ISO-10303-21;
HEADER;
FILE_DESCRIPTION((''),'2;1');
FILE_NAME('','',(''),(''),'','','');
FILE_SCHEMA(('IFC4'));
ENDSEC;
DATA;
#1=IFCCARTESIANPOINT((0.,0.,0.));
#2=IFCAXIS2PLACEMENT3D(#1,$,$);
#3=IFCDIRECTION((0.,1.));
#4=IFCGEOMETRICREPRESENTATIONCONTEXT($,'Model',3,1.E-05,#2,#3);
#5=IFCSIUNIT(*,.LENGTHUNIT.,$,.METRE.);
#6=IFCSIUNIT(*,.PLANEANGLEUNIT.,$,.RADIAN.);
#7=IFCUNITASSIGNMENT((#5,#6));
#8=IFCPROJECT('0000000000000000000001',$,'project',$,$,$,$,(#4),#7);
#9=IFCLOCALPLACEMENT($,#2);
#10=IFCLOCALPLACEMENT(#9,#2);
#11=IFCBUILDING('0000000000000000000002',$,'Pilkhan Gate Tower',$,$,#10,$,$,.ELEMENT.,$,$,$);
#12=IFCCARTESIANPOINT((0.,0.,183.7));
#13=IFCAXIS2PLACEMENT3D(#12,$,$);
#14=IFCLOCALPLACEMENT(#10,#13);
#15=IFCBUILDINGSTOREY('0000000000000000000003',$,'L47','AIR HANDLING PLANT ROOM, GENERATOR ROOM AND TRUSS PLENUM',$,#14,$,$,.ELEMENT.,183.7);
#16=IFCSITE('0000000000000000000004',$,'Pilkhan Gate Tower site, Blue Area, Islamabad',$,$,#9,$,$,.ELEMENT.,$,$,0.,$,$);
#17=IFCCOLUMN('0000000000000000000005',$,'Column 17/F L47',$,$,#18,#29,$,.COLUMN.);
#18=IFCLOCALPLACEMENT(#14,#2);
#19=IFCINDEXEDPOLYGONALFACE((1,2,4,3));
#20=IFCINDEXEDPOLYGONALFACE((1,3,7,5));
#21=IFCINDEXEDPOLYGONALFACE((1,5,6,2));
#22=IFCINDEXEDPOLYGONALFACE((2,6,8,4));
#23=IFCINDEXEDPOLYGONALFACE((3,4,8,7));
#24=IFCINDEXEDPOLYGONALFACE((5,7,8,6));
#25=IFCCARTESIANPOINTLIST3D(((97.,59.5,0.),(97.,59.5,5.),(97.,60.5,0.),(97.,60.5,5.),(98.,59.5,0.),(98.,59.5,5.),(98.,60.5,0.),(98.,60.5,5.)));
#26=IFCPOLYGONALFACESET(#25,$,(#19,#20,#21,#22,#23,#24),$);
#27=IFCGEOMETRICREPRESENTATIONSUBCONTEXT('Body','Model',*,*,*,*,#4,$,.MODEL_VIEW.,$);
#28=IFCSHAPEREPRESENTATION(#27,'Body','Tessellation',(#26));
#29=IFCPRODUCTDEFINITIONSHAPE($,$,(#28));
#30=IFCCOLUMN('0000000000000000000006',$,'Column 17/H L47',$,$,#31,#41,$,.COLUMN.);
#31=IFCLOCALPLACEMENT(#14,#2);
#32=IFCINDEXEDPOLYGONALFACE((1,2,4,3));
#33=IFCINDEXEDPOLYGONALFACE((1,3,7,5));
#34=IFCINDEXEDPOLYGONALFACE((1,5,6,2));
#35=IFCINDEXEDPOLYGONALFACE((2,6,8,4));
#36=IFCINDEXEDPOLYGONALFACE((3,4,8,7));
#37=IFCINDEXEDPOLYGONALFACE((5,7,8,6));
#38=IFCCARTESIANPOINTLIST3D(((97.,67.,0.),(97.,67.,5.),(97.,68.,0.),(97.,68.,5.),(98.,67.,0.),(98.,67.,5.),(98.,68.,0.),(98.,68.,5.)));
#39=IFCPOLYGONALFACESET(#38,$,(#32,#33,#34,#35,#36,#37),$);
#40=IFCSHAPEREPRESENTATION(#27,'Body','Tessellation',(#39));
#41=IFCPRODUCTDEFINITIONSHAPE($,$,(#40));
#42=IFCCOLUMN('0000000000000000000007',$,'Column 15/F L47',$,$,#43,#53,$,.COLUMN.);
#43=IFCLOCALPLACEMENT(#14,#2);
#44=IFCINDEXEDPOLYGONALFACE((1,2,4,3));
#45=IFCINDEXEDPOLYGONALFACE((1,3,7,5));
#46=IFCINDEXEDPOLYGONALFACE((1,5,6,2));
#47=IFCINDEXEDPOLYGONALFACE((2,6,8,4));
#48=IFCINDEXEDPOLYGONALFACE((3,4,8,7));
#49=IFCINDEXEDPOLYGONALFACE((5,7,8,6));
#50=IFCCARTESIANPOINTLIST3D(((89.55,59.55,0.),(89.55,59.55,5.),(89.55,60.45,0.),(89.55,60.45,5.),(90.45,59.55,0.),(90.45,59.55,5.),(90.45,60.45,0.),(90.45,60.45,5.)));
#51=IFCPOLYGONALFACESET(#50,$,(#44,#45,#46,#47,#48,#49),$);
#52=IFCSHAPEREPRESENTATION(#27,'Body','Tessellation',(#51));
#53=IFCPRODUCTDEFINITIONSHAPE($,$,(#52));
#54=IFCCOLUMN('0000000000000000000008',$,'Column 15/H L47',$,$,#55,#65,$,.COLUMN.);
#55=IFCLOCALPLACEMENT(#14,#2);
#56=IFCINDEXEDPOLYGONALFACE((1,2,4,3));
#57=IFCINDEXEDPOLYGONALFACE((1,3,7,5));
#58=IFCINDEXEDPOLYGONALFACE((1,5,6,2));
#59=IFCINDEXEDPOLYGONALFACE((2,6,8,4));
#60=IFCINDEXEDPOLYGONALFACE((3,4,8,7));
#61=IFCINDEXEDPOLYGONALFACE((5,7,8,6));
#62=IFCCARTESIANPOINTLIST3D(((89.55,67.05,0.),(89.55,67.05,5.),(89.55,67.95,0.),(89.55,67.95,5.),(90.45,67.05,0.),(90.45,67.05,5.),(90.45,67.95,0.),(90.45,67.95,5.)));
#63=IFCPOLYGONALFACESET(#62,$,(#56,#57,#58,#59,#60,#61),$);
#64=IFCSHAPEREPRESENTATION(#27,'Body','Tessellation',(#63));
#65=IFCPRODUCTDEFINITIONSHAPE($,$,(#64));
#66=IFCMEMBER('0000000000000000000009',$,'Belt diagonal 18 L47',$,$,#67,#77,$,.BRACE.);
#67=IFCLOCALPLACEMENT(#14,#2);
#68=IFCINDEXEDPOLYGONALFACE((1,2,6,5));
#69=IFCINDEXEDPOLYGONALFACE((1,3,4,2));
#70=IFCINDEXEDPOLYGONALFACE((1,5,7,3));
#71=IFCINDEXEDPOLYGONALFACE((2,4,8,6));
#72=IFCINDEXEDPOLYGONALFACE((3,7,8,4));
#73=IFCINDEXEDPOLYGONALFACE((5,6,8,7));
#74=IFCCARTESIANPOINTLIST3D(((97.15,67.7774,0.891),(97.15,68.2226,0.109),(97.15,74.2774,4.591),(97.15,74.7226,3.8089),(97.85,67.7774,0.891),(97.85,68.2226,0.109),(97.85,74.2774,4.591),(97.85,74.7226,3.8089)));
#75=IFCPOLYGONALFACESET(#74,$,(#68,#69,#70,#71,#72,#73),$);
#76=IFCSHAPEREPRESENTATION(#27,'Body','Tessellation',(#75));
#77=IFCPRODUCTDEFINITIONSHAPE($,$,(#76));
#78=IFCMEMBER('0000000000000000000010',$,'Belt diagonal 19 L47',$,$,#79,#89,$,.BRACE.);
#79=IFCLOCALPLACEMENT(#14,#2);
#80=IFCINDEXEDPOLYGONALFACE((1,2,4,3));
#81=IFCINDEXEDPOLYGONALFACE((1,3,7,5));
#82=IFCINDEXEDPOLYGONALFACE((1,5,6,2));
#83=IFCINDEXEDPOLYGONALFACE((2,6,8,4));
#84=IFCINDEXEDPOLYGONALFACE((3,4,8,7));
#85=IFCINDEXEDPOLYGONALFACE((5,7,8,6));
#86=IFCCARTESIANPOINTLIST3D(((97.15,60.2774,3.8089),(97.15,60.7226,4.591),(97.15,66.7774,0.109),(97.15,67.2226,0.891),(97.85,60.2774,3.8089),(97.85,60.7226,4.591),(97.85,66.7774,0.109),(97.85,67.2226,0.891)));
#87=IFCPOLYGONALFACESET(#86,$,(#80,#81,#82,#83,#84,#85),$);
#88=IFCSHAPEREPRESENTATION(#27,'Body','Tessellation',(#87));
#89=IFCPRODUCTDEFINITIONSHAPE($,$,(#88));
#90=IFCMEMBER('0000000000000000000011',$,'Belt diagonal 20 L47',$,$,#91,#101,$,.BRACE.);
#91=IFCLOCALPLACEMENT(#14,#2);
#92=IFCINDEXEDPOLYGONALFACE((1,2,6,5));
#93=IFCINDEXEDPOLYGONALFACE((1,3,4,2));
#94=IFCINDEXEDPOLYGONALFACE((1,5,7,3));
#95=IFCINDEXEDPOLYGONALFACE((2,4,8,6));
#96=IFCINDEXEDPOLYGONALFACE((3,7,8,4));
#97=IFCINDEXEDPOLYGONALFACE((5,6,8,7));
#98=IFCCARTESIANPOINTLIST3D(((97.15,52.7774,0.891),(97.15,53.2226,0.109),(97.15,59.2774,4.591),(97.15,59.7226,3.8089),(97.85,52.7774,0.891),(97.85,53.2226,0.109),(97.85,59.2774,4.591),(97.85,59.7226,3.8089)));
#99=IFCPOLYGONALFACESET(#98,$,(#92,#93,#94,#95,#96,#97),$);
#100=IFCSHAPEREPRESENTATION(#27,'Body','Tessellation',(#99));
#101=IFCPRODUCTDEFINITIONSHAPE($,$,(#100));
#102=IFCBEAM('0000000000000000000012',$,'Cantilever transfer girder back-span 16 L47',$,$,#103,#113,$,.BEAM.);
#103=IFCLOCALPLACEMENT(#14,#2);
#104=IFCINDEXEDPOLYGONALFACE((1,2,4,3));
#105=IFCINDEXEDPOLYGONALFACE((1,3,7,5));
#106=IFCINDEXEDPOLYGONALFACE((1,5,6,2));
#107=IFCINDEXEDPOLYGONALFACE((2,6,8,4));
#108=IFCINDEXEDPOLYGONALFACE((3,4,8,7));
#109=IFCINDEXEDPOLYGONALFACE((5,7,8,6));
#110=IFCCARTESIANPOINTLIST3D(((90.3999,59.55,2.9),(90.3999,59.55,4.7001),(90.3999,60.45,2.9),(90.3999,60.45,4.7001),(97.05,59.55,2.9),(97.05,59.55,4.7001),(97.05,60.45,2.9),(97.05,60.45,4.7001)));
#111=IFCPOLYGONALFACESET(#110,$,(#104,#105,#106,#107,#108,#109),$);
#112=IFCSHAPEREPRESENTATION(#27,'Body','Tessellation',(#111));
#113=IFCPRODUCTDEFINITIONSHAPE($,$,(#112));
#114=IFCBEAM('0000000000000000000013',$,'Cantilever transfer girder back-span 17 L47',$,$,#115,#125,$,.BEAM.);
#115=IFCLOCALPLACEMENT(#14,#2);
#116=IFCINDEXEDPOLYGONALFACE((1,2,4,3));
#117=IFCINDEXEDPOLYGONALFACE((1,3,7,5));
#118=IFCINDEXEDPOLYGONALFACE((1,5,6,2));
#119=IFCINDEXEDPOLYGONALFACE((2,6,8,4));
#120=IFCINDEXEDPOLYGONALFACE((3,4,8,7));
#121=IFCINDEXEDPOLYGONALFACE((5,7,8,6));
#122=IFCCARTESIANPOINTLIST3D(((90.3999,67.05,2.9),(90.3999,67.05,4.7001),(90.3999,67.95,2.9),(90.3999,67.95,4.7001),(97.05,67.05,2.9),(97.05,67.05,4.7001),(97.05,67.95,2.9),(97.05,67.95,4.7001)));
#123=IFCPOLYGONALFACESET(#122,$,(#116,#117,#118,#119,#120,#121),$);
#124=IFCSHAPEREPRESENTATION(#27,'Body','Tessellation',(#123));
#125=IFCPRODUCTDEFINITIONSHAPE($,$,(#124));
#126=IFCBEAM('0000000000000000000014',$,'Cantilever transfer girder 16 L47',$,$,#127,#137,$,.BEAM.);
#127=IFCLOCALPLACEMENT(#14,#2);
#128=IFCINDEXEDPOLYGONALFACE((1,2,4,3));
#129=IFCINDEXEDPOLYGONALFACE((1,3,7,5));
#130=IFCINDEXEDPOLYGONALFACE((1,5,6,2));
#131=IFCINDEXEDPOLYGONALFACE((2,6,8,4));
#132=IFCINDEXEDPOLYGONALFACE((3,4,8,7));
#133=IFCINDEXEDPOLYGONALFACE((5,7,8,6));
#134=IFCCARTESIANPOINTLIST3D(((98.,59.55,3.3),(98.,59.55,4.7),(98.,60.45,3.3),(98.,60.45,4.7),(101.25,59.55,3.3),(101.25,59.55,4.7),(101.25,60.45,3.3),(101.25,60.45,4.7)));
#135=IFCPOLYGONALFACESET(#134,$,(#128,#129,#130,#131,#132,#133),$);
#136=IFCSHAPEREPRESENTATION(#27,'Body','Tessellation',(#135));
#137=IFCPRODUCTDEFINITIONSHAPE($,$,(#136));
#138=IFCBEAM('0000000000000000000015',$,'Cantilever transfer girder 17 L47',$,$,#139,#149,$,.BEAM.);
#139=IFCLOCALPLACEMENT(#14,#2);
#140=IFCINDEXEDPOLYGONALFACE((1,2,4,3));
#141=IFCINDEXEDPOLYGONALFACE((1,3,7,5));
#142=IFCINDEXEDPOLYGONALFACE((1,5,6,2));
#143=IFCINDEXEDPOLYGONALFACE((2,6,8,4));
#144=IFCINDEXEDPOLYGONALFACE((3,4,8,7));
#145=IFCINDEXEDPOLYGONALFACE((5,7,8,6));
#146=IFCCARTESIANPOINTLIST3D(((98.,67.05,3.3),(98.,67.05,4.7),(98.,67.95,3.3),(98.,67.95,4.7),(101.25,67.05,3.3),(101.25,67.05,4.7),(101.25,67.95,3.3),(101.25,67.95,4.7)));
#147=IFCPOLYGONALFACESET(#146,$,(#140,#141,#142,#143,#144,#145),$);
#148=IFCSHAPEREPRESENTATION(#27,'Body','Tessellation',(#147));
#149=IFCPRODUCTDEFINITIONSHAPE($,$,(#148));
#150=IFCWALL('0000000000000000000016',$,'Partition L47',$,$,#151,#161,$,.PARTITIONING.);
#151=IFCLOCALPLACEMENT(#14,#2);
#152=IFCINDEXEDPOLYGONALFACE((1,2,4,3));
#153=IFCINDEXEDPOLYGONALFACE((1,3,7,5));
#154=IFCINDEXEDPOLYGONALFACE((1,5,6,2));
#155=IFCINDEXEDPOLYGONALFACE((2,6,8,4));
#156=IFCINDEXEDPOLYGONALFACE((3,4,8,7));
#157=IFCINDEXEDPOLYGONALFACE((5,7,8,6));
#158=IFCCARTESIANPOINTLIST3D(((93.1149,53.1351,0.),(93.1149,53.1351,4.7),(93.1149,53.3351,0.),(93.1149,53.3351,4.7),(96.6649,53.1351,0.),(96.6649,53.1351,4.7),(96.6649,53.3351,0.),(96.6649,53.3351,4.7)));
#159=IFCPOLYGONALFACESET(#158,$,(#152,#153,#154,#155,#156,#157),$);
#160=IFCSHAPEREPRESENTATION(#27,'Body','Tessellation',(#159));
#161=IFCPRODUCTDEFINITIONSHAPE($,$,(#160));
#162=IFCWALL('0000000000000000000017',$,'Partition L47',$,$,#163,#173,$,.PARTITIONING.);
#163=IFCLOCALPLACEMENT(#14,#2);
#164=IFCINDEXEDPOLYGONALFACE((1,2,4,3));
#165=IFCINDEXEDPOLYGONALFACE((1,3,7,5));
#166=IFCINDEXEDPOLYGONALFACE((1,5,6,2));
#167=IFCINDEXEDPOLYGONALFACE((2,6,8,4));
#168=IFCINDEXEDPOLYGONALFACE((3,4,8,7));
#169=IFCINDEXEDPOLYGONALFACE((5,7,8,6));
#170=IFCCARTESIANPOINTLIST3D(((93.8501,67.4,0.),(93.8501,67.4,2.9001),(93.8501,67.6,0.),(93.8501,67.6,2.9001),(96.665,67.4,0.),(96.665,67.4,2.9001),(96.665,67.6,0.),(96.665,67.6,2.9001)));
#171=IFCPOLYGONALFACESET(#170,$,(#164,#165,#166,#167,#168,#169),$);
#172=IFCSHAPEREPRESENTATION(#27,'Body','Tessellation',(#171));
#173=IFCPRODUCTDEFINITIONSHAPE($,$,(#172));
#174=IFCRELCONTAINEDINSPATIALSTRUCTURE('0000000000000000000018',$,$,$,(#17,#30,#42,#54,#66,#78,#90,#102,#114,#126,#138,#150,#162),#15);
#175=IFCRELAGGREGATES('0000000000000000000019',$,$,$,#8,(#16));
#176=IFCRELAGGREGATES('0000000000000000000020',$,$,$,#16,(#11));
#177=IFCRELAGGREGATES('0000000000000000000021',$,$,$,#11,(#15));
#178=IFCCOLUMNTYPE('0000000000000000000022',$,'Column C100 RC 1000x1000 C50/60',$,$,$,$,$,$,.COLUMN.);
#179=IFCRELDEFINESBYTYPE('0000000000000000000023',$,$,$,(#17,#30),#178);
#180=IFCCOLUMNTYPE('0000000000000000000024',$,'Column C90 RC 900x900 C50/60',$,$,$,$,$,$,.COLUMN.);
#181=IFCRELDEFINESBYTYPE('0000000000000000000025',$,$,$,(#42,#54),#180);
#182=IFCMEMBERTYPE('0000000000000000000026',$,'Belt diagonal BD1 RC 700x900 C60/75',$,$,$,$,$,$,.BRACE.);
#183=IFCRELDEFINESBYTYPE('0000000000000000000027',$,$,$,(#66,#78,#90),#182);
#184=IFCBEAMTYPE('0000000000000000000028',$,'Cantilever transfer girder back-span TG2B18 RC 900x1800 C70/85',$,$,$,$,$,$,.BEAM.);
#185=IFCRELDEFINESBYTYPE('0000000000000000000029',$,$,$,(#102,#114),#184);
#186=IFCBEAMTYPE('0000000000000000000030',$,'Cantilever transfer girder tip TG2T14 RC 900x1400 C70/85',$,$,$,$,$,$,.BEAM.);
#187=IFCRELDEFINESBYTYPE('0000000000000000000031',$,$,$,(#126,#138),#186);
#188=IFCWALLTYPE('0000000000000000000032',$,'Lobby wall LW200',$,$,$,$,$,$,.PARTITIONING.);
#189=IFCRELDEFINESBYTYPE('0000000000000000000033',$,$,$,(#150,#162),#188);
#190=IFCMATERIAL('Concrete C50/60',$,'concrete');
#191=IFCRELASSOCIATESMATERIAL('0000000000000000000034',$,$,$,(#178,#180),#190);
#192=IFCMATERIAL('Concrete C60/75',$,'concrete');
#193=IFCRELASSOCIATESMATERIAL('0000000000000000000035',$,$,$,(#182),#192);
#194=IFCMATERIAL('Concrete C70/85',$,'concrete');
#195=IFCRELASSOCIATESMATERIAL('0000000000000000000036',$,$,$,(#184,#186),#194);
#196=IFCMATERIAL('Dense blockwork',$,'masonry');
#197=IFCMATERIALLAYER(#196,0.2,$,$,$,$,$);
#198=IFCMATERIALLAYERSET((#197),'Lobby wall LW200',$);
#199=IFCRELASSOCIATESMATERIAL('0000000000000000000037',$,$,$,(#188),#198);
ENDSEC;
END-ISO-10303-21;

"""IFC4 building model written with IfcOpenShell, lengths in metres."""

from ifc_helpers import new_model, si_unit, direction, frame, frame_2d, origin, origin_2d, place, context, subcontext, project, spatial, rectangle, extrude, material, layer, layer_set, material_profile, profile_set, type_object, element, save


model = new_model("IFC4")

# Units and contexts
model_context = context("Model", 3, precision=1e-05, world=origin(), true_north=direction((0.0, 1.0)))
body_context = subcontext(model_context, "Body", "Model", "MODEL_VIEW")
ifc_project = project(units=[si_unit("LENGTHUNIT", "METRE"), si_unit("PLANEANGLEUNIT", "RADIAN")], contexts=[model_context])

# Site, building, storey
site_placement = place(None, origin())
site = spatial("IfcSite", under=ifc_project, at=site_placement, Name="Pilkhan Gate Tower site, Blue Area, Islamabad", CompositionType="ELEMENT", RefElevation=0.0)
building_placement = place(site_placement, origin())
building = spatial("IfcBuilding", under=site, at=building_placement, Name="Pilkhan Gate Tower", CompositionType="ELEMENT")
storey_placement = place(building_placement, frame((0.0, 0.0, 183.7)))
storey = spatial("IfcBuildingStorey", under=building, at=storey_placement, Name="L47", Description="AIR HANDLING PLANT ROOM, GENERATOR ROOM AND TRUSS PLENUM", CompositionType="ELEMENT", Elevation=183.7)

# Columns
ifc_material_1 = material(Name="Concrete C50/60", Category="concrete")
ifc_material_profile_1 = material_profile(ifc_material_1, rectangle(XDim=1.0, YDim=1.0, at=origin_2d()), Name="RC 1000x1000")
ifc_profile_set_1 = profile_set([ifc_material_profile_1], Name="Concrete C50/60")
column_type_1 = type_object("IfcColumnType", Name="Column C100 RC 1000x1000 C50/60", PredefinedType="COLUMN", material=ifc_profile_set_1)
for number, where, z_axis, x_axis, name in (
    (1, (97.5, 60.0, 0.0), (0.0, 0.0, 1.0), (1.0, 0.0, 0.0), "Column 17/F L47"),
    (2, (97.5, 67.5, 0.0), (0.0, 0.0, 1.0), (1.0, 0.0, 0.0), "Column 17/H L47"),
):
    element("IfcColumn", number, at=place(storey_placement, frame(where, z_axis=z_axis, x_axis=x_axis)), inside=storey, type_object=column_type_1, Name=name, PredefinedType="COLUMN", context=body_context, shape_type="SweptSolid", body=[
        extrude(rectangle(XDim=1.0, YDim=1.0, at=origin_2d()), origin(), (0.0, 0.0, 1.0), 5.0),
    ])
ifc_material_profile_2 = material_profile(ifc_material_1, rectangle(XDim=0.8999, YDim=0.8999, at=origin_2d()), Name="RC 900x900")
ifc_profile_set_2 = profile_set([ifc_material_profile_2], Name="Concrete C50/60")
column_type_2 = type_object("IfcColumnType", Name="Column C90 RC 900x900 C50/60", PredefinedType="COLUMN", material=ifc_profile_set_2)
for number, where, z_axis, x_axis, name in (
    (3, (90.0, 60.0, 0.0), (0.0, 0.0, 1.0), (1.0, 0.0, 0.0), "Column 15/F L47"),
    (4, (90.0, 67.5, 0.0), (0.0, 0.0, 1.0), (1.0, 0.0, 0.0), "Column 15/H L47"),
):
    element("IfcColumn", number, at=place(storey_placement, frame(where, z_axis=z_axis, x_axis=x_axis)), inside=storey, type_object=column_type_2, Name=name, PredefinedType="COLUMN", context=body_context, shape_type="SweptSolid", body=[
        extrude(rectangle(XDim=0.8999, YDim=0.8999, at=origin_2d()), origin(), (0.0, 0.0, 1.0), 5.0),
    ])

# Members
ifc_material_2 = material(Name="Concrete C60/75", Category="concrete")
ifc_material_profile_3 = material_profile(ifc_material_2, rectangle(XDim=0.7, YDim=0.8999, at=origin_2d()), Name="RC 700x900")
ifc_profile_set_3 = profile_set([ifc_material_profile_3], Name="Concrete C60/75")
member_type = type_object("IfcMemberType", Name="Belt diagonal BD1 RC 700x900 C60/75", PredefinedType="BRACE", material=ifc_profile_set_3)
for number, where, z_axis, x_axis, name in (
    (5, (97.5, 68.0, 0.5), (0.0, 0.869068, 0.494693), (-1.0, 0.0, 0.0), "Belt diagonal 18 L47"),
    (6, (97.5, 67.0, 0.5), (0.0, -0.869068, 0.494693), (1.0, 0.0, 0.0), "Belt diagonal 19 L47"),
    (7, (97.5, 53.0, 0.5), (0.0, 0.869068, 0.494693), (-1.0, 0.0, 0.0), "Belt diagonal 20 L47"),
):
    element("IfcMember", number, at=place(storey_placement, frame(where, z_axis=z_axis, x_axis=x_axis)), inside=storey, type_object=member_type, Name=name, PredefinedType="BRACE", context=body_context, shape_type="SweptSolid", body=[
        extrude(rectangle(XDim=0.7, YDim=0.8999, at=origin_2d()), origin(), (0.0, 0.0, 1.0), 7.4792),
    ])

# Beams
ifc_material_3 = material(Name="Concrete C70/85", Category="concrete")
ifc_material_profile_4 = material_profile(ifc_material_3, rectangle(XDim=0.8999, YDim=1.8, at=origin_2d()), Name="RC 900x1800")
ifc_profile_set_4 = profile_set([ifc_material_profile_4], Name="Concrete C70/85")
beam_type_1 = type_object("IfcBeamType", Name="Cantilever transfer girder back-span TG2B18 RC 900x1800 C70/85", PredefinedType="BEAM", material=ifc_profile_set_4)
for number, where, z_axis, x_axis, name in (
    (8, (97.05, 60.0, 3.8), (-1.0, 0.0, 0.0), (0.0, -1.0, 0.0), "Cantilever transfer girder back-span 16 L47"),
    (9, (97.05, 67.5, 3.8), (-1.0, 0.0, 0.0), (0.0, -1.0, 0.0), "Cantilever transfer girder back-span 17 L47"),
):
    element("IfcBeam", number, at=place(storey_placement, frame(where, z_axis=z_axis, x_axis=x_axis)), inside=storey, type_object=beam_type_1, Name=name, PredefinedType="BEAM", context=body_context, shape_type="SweptSolid", body=[
        extrude(rectangle(XDim=0.8999, YDim=1.8, at=origin_2d()), origin(), (0.0, 0.0, 1.0), 6.6501),
    ])
ifc_material_profile_5 = material_profile(ifc_material_3, rectangle(XDim=0.8999, YDim=1.3999, at=origin_2d()), Name="RC 900x1400")
ifc_profile_set_5 = profile_set([ifc_material_profile_5], Name="Concrete C70/85")
beam_type_2 = type_object("IfcBeamType", Name="Cantilever transfer girder tip TG2T14 RC 900x1400 C70/85", PredefinedType="BEAM", material=ifc_profile_set_5)
for number, where, z_axis, x_axis, name in (
    (10, (101.25, 60.0, 4.0), (-1.0, 0.0, 0.0), (0.0, -1.0, 0.0), "Cantilever transfer girder 16 L47"),
    (11, (101.25, 67.5, 4.0), (-1.0, 0.0, 0.0), (0.0, -1.0, 0.0), "Cantilever transfer girder 17 L47"),
):
    element("IfcBeam", number, at=place(storey_placement, frame(where, z_axis=z_axis, x_axis=x_axis)), inside=storey, type_object=beam_type_2, Name=name, PredefinedType="BEAM", context=body_context, shape_type="SweptSolid", body=[
        extrude(rectangle(XDim=0.8999, YDim=1.3999, at=origin_2d()), origin(), (0.0, 0.0, 1.0), 3.25),
    ])

# Walls
ifc_material_4 = material(Name="Dense blockwork", Category="masonry")
ifc_layer_1 = layer(ifc_material_4, 0.2)
ifc_layer_set_1 = layer_set([ifc_layer_1], Name="Lobby wall LW200")
wall_type = type_object("IfcWallType", Name="Lobby wall LW200", PredefinedType="PARTITIONING", material=ifc_layer_set_1)
wall_1_placement = place(storey_placement, frame((93.115, 53.2351, 0.0), z_axis=(0.0, 0.0, 1.0), x_axis=(1.0, 0.0, 0.0)))
element("IfcWall", 12, at=wall_1_placement, inside=storey, type_object=wall_type, Name="Partition L47", PredefinedType="PARTITIONING", context=body_context, shape_type="SweptSolid", body=[
    extrude(rectangle(XDim=3.55, YDim=0.2, at=frame_2d((1.7749, 0.0))), origin(), (0.0, 0.0, 1.0), 4.7),
])
wall_2_placement = place(storey_placement, frame((93.8501, 67.5, 0.0), z_axis=(0.0, 0.0, 1.0), x_axis=(1.0, 0.0, 0.0)))
element("IfcWall", 13, at=wall_2_placement, inside=storey, type_object=wall_type, Name="Partition L47", PredefinedType="PARTITIONING", context=body_context, shape_type="SweptSolid", body=[
    extrude(rectangle(XDim=2.8149, YDim=0.2, at=frame_2d((1.4075, 0.0))), origin(), (0.0, 0.0, 1.0), 2.9001),
])

save(model, "model.ifc")
